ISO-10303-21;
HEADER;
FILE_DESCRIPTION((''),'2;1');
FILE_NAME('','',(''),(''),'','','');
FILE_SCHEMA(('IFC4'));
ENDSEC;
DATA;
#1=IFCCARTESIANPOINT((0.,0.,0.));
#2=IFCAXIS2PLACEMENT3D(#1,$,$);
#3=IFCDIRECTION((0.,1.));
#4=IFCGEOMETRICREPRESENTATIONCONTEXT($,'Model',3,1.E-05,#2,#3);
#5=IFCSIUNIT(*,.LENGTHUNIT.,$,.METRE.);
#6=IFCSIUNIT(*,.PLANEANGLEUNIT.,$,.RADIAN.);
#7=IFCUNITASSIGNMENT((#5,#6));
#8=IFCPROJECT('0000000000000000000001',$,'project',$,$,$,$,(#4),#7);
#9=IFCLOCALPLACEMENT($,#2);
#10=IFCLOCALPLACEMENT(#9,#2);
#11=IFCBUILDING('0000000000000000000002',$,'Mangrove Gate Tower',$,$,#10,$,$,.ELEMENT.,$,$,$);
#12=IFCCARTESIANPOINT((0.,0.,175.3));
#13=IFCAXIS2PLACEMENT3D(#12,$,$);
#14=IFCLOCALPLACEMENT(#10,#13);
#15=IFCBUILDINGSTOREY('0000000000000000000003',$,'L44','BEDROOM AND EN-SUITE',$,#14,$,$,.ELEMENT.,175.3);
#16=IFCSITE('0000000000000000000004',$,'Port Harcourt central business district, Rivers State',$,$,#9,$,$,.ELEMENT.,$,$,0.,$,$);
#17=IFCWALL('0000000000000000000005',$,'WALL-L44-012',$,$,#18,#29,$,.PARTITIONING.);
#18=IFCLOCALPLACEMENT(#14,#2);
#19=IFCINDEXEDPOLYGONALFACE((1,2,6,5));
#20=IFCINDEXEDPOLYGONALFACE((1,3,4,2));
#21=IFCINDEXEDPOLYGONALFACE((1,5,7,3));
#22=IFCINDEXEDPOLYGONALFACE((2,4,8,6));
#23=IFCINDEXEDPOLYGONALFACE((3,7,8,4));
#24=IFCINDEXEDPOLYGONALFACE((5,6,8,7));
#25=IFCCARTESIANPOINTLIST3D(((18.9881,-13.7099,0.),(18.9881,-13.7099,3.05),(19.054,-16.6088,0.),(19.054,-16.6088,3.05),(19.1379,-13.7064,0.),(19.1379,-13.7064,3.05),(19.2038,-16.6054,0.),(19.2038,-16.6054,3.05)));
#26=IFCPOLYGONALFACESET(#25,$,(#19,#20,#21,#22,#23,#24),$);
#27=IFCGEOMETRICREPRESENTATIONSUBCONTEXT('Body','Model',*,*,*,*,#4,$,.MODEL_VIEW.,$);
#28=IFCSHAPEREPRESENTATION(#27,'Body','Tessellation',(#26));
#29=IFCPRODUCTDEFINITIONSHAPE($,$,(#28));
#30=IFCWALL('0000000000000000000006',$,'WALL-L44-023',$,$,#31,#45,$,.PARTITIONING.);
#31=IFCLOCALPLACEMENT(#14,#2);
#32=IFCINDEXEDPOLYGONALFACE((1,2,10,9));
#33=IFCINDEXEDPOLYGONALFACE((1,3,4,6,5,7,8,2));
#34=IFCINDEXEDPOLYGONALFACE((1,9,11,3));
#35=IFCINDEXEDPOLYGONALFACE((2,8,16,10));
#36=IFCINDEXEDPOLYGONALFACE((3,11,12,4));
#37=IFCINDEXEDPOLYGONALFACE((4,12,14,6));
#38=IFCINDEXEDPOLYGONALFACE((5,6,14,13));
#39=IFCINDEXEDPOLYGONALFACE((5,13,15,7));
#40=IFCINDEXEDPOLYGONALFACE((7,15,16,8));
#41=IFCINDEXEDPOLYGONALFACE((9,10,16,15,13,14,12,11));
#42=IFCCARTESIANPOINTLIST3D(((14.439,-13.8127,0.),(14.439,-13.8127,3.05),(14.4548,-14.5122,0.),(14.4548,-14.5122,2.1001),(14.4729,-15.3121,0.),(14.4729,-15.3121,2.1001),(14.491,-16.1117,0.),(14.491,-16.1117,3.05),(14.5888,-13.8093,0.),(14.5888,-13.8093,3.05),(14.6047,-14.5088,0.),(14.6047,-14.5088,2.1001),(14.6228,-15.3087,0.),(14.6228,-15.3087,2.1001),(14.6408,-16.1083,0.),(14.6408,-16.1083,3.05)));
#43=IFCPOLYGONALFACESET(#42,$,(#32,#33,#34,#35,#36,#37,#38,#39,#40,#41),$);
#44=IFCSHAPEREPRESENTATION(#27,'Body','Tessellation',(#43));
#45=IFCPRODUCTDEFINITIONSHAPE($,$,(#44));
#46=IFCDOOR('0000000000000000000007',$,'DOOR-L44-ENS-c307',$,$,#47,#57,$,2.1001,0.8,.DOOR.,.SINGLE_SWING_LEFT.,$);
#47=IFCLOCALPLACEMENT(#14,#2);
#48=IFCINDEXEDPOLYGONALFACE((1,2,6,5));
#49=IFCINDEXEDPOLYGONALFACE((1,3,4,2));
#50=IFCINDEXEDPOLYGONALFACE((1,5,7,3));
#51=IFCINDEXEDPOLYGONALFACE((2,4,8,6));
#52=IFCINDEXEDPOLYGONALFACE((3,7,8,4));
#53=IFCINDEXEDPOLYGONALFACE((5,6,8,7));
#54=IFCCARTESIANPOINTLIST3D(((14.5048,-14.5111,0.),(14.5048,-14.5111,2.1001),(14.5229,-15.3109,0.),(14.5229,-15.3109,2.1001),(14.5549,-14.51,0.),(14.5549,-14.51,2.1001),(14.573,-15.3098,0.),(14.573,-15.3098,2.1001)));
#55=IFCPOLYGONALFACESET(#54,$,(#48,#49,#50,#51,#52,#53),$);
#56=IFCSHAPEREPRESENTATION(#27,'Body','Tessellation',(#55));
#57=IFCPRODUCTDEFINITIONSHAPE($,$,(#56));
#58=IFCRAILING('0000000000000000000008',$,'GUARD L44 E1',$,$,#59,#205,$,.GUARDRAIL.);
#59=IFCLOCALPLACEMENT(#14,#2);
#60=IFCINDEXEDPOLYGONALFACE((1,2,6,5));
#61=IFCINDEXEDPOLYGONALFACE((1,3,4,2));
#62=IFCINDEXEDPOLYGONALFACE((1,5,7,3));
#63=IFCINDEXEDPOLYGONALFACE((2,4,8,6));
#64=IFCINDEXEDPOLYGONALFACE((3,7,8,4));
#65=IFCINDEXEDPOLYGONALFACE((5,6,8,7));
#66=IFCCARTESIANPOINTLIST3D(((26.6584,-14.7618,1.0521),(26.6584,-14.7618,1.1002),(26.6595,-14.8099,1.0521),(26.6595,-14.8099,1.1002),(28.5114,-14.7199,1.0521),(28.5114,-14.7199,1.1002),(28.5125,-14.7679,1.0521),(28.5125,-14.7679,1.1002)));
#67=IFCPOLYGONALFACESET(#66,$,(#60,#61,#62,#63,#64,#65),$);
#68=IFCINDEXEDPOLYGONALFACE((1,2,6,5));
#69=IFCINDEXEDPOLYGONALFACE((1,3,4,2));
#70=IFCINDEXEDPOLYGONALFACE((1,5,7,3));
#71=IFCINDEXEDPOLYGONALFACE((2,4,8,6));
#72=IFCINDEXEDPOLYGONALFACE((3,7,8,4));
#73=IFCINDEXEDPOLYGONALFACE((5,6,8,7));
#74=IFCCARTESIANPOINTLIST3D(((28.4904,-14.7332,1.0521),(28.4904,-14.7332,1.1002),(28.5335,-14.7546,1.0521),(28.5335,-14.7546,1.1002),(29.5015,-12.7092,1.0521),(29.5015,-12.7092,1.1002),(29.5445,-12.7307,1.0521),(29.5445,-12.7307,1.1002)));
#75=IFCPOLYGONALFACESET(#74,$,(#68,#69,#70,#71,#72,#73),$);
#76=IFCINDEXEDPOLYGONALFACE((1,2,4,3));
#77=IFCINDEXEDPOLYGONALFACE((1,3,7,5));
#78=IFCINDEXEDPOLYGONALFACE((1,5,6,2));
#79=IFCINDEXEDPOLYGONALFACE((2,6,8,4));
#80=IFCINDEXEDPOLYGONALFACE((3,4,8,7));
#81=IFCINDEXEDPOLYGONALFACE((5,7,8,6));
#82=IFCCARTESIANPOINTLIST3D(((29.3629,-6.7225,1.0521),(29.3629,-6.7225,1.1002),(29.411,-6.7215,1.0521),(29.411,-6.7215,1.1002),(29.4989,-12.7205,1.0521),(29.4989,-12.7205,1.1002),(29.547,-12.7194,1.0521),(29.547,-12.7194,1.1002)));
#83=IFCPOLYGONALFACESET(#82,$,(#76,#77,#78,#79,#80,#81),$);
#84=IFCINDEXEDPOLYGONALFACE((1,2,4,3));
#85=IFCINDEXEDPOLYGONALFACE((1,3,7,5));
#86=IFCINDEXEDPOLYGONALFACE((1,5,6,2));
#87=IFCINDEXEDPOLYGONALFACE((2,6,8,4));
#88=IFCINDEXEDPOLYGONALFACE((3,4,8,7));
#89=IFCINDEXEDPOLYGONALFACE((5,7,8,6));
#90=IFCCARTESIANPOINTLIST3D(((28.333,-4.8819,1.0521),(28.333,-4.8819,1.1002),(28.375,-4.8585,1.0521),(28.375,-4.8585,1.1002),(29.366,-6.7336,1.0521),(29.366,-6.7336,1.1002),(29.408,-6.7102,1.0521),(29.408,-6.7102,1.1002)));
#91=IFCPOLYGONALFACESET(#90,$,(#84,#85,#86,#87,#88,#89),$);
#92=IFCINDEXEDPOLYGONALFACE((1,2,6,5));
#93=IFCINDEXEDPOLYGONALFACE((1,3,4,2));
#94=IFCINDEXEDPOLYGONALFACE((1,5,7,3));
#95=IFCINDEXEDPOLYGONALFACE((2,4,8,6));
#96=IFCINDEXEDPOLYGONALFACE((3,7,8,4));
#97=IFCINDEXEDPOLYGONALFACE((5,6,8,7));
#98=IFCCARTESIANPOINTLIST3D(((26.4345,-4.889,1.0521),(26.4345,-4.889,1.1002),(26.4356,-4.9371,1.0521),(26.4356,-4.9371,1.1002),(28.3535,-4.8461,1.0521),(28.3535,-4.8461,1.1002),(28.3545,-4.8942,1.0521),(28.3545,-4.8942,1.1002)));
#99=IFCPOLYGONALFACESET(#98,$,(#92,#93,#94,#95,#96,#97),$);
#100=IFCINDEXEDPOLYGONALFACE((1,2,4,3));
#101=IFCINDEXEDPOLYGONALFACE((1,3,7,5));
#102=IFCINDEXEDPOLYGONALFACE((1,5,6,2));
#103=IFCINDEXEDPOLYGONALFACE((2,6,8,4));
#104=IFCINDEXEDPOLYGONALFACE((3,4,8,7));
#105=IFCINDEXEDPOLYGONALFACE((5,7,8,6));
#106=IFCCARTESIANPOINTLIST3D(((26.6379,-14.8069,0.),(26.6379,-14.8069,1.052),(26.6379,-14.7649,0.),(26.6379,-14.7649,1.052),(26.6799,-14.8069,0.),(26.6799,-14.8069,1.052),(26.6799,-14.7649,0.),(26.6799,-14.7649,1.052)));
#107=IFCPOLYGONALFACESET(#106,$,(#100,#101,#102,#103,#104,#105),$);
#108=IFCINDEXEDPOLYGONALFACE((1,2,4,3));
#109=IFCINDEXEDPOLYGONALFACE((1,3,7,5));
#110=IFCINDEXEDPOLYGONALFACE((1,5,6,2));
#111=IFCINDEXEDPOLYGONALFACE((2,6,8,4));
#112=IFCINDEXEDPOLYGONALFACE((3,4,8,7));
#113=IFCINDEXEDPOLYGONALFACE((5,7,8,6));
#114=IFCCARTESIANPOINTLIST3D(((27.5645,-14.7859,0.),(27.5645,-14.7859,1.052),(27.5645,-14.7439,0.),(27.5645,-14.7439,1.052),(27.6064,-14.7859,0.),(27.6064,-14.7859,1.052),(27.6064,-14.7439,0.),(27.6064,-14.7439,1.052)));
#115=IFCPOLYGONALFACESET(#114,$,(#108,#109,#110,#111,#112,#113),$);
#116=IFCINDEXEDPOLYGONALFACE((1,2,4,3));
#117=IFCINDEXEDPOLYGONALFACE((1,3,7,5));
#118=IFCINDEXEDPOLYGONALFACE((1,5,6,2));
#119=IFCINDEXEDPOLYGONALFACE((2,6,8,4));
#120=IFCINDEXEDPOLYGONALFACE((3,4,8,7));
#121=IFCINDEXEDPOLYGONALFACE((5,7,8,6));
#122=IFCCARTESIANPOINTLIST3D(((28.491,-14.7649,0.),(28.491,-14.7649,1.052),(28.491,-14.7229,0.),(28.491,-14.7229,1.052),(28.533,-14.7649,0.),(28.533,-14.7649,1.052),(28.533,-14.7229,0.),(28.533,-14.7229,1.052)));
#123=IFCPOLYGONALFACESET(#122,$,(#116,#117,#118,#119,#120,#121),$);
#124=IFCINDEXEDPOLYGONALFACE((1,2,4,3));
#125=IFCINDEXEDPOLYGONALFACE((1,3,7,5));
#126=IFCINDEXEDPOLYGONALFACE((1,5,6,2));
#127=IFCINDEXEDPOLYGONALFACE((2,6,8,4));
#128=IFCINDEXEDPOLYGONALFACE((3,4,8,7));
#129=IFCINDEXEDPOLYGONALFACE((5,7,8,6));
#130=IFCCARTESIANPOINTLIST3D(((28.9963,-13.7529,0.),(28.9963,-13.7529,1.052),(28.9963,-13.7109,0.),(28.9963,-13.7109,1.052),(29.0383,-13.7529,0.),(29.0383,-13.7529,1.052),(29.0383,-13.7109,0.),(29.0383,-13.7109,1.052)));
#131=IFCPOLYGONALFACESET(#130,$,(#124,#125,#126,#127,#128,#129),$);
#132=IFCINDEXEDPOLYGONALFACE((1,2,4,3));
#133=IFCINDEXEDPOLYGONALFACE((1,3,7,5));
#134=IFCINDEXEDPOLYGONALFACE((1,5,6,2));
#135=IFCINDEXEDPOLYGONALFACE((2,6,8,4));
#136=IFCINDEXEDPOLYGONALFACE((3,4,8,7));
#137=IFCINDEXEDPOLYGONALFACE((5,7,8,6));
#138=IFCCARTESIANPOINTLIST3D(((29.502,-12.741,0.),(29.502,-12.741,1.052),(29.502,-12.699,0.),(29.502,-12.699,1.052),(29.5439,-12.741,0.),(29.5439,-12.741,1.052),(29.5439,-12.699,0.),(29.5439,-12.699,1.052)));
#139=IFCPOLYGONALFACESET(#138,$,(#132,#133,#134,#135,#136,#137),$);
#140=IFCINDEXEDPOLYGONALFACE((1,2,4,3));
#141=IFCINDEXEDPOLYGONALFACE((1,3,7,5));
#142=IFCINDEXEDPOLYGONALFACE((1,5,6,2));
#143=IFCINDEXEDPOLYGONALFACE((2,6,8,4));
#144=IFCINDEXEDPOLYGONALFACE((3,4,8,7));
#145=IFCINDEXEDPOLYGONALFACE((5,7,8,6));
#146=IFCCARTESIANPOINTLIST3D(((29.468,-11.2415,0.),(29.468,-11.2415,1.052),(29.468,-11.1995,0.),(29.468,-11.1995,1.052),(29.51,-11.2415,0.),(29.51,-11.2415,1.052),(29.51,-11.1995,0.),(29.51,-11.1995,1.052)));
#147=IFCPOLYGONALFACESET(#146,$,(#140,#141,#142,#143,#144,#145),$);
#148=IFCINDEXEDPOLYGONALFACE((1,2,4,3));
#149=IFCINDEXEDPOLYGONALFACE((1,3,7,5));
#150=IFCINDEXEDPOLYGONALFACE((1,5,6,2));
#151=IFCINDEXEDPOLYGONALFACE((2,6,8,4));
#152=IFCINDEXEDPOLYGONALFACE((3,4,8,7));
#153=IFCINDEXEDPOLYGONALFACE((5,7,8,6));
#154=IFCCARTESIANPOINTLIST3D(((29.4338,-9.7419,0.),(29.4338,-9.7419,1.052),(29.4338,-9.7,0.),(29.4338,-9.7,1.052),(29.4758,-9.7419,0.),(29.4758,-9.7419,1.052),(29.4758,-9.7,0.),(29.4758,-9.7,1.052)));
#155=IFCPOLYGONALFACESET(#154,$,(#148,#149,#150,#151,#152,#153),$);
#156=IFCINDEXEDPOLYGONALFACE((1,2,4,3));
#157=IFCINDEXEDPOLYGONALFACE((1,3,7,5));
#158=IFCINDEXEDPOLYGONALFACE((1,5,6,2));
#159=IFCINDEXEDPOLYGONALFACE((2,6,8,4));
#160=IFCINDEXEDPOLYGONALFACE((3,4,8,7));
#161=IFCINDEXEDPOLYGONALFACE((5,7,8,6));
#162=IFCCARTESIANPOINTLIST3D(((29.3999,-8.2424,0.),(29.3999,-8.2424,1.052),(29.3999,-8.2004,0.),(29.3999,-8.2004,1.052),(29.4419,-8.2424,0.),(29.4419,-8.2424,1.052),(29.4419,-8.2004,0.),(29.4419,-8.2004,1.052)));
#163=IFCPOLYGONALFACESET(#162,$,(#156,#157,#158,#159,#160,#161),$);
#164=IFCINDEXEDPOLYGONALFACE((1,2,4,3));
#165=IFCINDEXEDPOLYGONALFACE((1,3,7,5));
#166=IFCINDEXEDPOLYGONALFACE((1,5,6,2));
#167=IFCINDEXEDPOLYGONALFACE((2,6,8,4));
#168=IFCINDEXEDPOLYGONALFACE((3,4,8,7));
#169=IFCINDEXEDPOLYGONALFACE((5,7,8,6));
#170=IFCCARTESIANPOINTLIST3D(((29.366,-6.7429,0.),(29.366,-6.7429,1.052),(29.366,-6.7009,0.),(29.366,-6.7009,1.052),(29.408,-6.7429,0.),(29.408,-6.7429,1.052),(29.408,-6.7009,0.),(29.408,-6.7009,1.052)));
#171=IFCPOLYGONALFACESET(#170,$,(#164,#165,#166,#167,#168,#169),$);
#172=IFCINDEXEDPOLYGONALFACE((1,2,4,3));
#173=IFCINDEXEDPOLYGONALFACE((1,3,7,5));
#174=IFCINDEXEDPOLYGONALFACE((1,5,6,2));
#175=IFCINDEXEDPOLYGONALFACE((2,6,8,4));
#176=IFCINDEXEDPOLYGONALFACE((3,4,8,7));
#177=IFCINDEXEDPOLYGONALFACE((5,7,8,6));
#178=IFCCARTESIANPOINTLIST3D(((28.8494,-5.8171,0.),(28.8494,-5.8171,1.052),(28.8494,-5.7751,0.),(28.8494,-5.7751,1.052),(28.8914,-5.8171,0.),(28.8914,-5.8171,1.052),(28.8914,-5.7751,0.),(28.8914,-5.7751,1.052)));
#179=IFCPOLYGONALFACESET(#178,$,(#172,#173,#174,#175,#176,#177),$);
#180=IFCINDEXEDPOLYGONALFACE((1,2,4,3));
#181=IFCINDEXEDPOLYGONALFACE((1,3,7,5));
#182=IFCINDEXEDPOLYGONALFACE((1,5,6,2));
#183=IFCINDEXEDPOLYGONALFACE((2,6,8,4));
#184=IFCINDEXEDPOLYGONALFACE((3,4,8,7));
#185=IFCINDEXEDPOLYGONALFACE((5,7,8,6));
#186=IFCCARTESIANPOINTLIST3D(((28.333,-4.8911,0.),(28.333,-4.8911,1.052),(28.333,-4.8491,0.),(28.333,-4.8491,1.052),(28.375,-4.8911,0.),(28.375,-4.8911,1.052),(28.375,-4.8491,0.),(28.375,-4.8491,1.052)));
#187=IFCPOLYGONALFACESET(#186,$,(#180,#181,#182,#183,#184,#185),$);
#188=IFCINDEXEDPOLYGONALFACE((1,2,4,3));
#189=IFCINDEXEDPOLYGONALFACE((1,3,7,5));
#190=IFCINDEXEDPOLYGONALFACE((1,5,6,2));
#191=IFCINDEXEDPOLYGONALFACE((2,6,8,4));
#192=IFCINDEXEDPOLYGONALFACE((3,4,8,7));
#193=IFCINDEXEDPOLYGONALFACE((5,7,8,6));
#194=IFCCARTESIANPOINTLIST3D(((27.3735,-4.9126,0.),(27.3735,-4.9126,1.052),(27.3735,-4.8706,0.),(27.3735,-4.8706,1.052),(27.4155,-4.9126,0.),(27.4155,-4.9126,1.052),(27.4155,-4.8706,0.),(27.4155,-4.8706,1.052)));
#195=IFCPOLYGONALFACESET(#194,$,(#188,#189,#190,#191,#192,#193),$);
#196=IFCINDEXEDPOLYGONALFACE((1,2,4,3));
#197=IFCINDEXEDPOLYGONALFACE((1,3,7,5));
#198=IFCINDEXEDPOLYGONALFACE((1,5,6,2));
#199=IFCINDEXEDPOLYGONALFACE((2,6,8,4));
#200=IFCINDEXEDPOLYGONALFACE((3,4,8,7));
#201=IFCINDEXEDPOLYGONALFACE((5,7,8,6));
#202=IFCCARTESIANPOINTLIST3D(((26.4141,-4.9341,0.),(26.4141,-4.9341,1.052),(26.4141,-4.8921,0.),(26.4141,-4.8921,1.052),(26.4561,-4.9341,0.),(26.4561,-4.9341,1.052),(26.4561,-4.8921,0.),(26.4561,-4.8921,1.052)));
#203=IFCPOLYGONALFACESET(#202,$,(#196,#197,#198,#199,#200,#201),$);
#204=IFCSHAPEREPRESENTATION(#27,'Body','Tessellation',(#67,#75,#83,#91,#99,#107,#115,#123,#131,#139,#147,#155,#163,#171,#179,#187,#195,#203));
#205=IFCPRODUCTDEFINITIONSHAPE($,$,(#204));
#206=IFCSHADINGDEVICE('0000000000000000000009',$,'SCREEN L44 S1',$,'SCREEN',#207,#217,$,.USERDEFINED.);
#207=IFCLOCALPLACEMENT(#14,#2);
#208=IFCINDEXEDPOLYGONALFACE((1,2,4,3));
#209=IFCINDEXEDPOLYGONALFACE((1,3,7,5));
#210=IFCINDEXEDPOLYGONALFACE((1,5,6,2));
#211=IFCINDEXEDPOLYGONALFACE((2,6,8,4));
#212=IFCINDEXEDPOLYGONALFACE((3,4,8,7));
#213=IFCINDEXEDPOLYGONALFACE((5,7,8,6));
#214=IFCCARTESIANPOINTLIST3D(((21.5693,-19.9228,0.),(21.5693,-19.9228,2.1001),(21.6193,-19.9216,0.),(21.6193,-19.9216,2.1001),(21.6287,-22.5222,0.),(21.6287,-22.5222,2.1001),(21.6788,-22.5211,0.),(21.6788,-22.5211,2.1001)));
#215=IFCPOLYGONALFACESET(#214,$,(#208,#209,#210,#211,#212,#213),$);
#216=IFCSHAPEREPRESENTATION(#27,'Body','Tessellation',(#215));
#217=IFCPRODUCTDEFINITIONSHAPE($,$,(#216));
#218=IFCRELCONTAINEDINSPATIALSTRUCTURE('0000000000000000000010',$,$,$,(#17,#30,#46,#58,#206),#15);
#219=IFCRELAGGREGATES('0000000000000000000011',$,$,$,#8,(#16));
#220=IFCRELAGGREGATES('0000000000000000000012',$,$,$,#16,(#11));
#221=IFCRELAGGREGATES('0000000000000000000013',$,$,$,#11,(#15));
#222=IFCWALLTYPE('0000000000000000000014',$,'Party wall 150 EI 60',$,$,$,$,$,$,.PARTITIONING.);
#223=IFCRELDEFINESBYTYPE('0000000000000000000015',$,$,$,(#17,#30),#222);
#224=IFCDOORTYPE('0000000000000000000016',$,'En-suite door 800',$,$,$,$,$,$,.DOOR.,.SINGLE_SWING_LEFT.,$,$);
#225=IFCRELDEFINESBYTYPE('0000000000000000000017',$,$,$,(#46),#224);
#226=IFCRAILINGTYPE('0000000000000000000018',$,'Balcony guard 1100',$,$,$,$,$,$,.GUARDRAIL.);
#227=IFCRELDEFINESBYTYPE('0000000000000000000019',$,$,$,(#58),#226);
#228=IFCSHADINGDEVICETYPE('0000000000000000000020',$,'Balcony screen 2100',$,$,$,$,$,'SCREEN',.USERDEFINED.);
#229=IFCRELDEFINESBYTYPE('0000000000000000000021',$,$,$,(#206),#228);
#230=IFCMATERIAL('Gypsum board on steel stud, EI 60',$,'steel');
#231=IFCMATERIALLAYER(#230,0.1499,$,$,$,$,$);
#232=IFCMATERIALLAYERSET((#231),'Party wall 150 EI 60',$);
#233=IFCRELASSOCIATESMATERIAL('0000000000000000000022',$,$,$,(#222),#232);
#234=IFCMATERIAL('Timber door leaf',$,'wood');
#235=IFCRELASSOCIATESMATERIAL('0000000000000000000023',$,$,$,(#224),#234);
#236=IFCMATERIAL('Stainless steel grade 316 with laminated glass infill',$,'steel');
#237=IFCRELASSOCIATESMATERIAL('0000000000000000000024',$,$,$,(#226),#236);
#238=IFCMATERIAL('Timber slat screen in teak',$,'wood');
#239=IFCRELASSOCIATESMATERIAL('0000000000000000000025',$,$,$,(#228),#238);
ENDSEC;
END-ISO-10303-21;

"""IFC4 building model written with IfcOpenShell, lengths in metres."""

from ifc_helpers import new_model, si_unit, direction, frame, frame_2d, origin, origin_2d, place, context, subcontext, project, spatial, rectangle, extrude, material, layer, layer_set, type_object, element, fill, save


model = new_model("IFC4")

# Units and contexts
model_context = context("Model", 3, precision=1e-05, world=origin(), true_north=direction((0.0, 1.0)))
body_context = subcontext(model_context, "Body", "Model", "MODEL_VIEW")
ifc_project = project(units=[si_unit("LENGTHUNIT", "METRE"), si_unit("PLANEANGLEUNIT", "RADIAN")], contexts=[model_context])

# Site, building, storey
site_placement = place(None, origin())
site = spatial("IfcSite", under=ifc_project, at=site_placement, Name="Port Harcourt central business district, Rivers State", CompositionType="ELEMENT", RefElevation=0.0)
building_placement = place(site_placement, origin())
building = spatial("IfcBuilding", under=site, at=building_placement, Name="Mangrove Gate Tower", CompositionType="ELEMENT")
storey_placement = place(building_placement, frame((0.0, 0.0, 175.3)))
storey = spatial("IfcBuildingStorey", under=building, at=storey_placement, Name="L44", Description="BEDROOM AND EN-SUITE", CompositionType="ELEMENT", Elevation=175.3)

# Wall
ifc_material_1 = material(Name="Gypsum board on steel stud, EI 60", Category="steel")
ifc_layer_1 = layer(ifc_material_1, 0.1499)
ifc_layer_set_1 = layer_set([ifc_layer_1], Name="Party wall 150 EI 60")
wall_type_1 = type_object("IfcWallType", Name="Party wall 150 EI 60", PredefinedType="PARTITIONING", material=ifc_layer_set_1)
wall_1_placement = place(storey_placement, frame((19.1289, -16.6069, 0.0), z_axis=(0.0, 0.0, 1.0), x_axis=(-0.022733, 0.999742, 0.0)))
element("IfcWall", 1, at=wall_1_placement, inside=storey, type_object=wall_type_1, Name="WALL-L44-012", PredefinedType="PARTITIONING", context=body_context, shape_type="SweptSolid", body=[
    extrude(rectangle(XDim=2.8997, YDim=0.1499, at=frame_2d((1.4497, 0.0))), origin(), (0.0, 0.0, 1.0), 3.05),
])

# Wall, opening, door
wall_2_placement = place(storey_placement, frame((14.5659, -16.1101, 0.0), z_axis=(0.0, 0.0, 1.0), x_axis=(-0.022613, 0.999744, 0.0)))
wall_2 = element("IfcWall", 2, at=wall_2_placement, inside=storey, type_object=wall_type_1, Name="WALL-L44-023", PredefinedType="PARTITIONING", context=body_context, shape_type="SweptSolid", body=[
    extrude(rectangle(XDim=2.2996, YDim=0.1499, at=frame_2d((1.1499, 0.0))), origin(), (0.0, 0.0, 1.0), 3.05),
])
opening_1_placement = place(wall_2_placement, frame((0.8, 0.0, 0.0)))
opening_1 = element("IfcOpeningElement", 3, at=opening_1_placement, cuts=wall_2, PredefinedType="OPENING", context=body_context, shape_type="SweptSolid", body=[
    extrude(rectangle(XDim=0.8, YDim=2.1001, at=frame_2d((0.3999, 1.05))), frame((0.0, 0.085, 0.0), z_axis=(0.0, -1.0, 0.0), x_axis=(1.0, 0.0, 0.0)), (0.0, 0.0, 1.0), 0.1699),
])
ifc_material_2 = material(Name="Timber door leaf", Category="wood")
door_type_1 = type_object("IfcDoorType", Name="En-suite door 800", OperationType="SINGLE_SWING_LEFT", PredefinedType="DOOR", material=ifc_material_2)
door_1_placement = place(opening_1_placement, origin())
door_1 = element("IfcDoor", 4, at=door_1_placement, inside=storey, type_object=door_type_1, Name="DOOR-L44-ENS-c307", OperationType="SINGLE_SWING_LEFT", OverallHeight=2.1001, OverallWidth=0.8, PredefinedType="DOOR", context=body_context, shape_type="SweptSolid", body=[
    extrude(rectangle(XDim=0.8, YDim=2.1001, at=frame_2d((0.3999, 1.05))), frame((0.0, 0.0249, 0.0), z_axis=(0.0, -1.0, 0.0), x_axis=(1.0, 0.0, 0.0)), (0.0, 0.0, 1.0), 0.05),
])
fill(opening_1, door_1)

# Railing
ifc_material_3 = material(Name="Stainless steel grade 316 with laminated glass infill", Category="steel")
railing_type = type_object("IfcRailingType", Name="Balcony guard 1100", PredefinedType="GUARDRAIL", material=ifc_material_3)
railing_placement = place(storey_placement, frame((26.6589, -14.7859, 0.0)))
element("IfcRailing", 5, at=railing_placement, inside=storey, type_object=railing_type, Name="GUARD L44 E1", PredefinedType="GUARDRAIL", context=body_context, shape_type="SweptSolid", body=[
    extrude(rectangle(XDim=0.0481, YDim=0.0481, at=origin_2d()), frame((0.0, 0.0, 1.0762), z_axis=(0.999743, 0.022656, 0.0), x_axis=(-0.022656, 0.999743, 0.0)), (0.0, 0.0, 1.0), 1.8535),
    extrude(rectangle(XDim=0.0481, YDim=0.0481, at=origin_2d()), frame((1.853, 0.042, 1.0762), z_axis=(0.446868, 0.8946, 0.0), x_axis=(-0.8946, 0.446868, 0.0)), (0.0, 0.0, 1.0), 2.2625),
    extrude(rectangle(XDim=0.0481, YDim=0.0481, at=origin_2d()), frame((2.864, 2.0659, 1.0762), z_axis=(-0.022666, 0.999743, 0.0), x_axis=(-0.999743, -0.022666, 0.0)), (0.0, 0.0, 1.0), 5.9995),
    extrude(rectangle(XDim=0.0481, YDim=0.0481, at=origin_2d()), frame((2.728, 8.064, 1.0762), z_axis=(-0.487148, 0.87332, 0.0), x_axis=(-0.87332, -0.487148, 0.0)), (0.0, 0.0, 1.0), 2.1204),
    extrude(rectangle(XDim=0.0481, YDim=0.0481, at=origin_2d()), frame((1.6951, 9.9158, 1.0762), z_axis=(-0.999749, -0.022386, 0.0), x_axis=(0.022386, -0.999749, 0.0)), (0.0, 0.0, 1.0), 1.9194),
    extrude(rectangle(XDim=0.042, YDim=0.042, at=origin_2d()), origin(), (0.0, 0.0, 1.0), 1.052),
    extrude(rectangle(XDim=0.042, YDim=0.042, at=origin_2d()), frame((0.9265, 0.021, 0.0)), (0.0, 0.0, 1.0), 1.052),
    extrude(rectangle(XDim=0.042, YDim=0.042, at=origin_2d()), frame((1.853, 0.042, 0.0)), (0.0, 0.0, 1.0), 1.052),
    extrude(rectangle(XDim=0.042, YDim=0.042, at=origin_2d()), frame((2.3584, 1.054, 0.0)), (0.0, 0.0, 1.0), 1.052),
    extrude(rectangle(XDim=0.042, YDim=0.042, at=origin_2d()), frame((2.864, 2.0659, 0.0)), (0.0, 0.0, 1.0), 1.052),
    extrude(rectangle(XDim=0.042, YDim=0.042, at=origin_2d()), frame((2.8301, 3.5654, 0.0)), (0.0, 0.0, 1.0), 1.052),
    extrude(rectangle(XDim=0.042, YDim=0.042, at=origin_2d()), frame((2.7959, 5.0649, 0.0)), (0.0, 0.0, 1.0), 1.052),
    extrude(rectangle(XDim=0.042, YDim=0.042, at=origin_2d()), frame((2.762, 6.5645, 0.0)), (0.0, 0.0, 1.0), 1.052),
    extrude(rectangle(XDim=0.042, YDim=0.042, at=origin_2d()), frame((2.728, 8.064, 0.0)), (0.0, 0.0, 1.0), 1.052),
    extrude(rectangle(XDim=0.042, YDim=0.042, at=origin_2d()), frame((2.2114, 8.9897, 0.0)), (0.0, 0.0, 1.0), 1.052),
    extrude(rectangle(XDim=0.042, YDim=0.042, at=origin_2d()), frame((1.6951, 9.9158, 0.0)), (0.0, 0.0, 1.0), 1.052),
    extrude(rectangle(XDim=0.042, YDim=0.042, at=origin_2d()), frame((0.7356, 9.8943, 0.0)), (0.0, 0.0, 1.0), 1.052),
    extrude(rectangle(XDim=0.042, YDim=0.042, at=origin_2d()), frame((-0.2239, 9.8728, 0.0)), (0.0, 0.0, 1.0), 1.052),
])

# Shading device
ifc_material_4 = material(Name="Timber slat screen in teak", Category="wood")
shading_device_type = type_object("IfcShadingDeviceType", Name="Balcony screen 2100", ElementType="SCREEN", PredefinedType="USERDEFINED", material=ifc_material_4)
shading_device_placement = place(storey_placement, frame((21.624, -21.2219, 0.0), z_axis=(0.0, 0.0, 1.0), x_axis=(0.022862, -0.999739, 0.0)))
element("IfcShadingDevice", 6, at=shading_device_placement, inside=storey, type_object=shading_device_type, Name="SCREEN L44 S1", ObjectType="SCREEN", PredefinedType="USERDEFINED", context=body_context, shape_type="SweptSolid", body=[
    extrude(rectangle(XDim=2.6001, YDim=0.05, at=origin_2d()), origin(), (0.0, 0.0, 1.0), 2.1001),
])

save(model, "model.ifc")
